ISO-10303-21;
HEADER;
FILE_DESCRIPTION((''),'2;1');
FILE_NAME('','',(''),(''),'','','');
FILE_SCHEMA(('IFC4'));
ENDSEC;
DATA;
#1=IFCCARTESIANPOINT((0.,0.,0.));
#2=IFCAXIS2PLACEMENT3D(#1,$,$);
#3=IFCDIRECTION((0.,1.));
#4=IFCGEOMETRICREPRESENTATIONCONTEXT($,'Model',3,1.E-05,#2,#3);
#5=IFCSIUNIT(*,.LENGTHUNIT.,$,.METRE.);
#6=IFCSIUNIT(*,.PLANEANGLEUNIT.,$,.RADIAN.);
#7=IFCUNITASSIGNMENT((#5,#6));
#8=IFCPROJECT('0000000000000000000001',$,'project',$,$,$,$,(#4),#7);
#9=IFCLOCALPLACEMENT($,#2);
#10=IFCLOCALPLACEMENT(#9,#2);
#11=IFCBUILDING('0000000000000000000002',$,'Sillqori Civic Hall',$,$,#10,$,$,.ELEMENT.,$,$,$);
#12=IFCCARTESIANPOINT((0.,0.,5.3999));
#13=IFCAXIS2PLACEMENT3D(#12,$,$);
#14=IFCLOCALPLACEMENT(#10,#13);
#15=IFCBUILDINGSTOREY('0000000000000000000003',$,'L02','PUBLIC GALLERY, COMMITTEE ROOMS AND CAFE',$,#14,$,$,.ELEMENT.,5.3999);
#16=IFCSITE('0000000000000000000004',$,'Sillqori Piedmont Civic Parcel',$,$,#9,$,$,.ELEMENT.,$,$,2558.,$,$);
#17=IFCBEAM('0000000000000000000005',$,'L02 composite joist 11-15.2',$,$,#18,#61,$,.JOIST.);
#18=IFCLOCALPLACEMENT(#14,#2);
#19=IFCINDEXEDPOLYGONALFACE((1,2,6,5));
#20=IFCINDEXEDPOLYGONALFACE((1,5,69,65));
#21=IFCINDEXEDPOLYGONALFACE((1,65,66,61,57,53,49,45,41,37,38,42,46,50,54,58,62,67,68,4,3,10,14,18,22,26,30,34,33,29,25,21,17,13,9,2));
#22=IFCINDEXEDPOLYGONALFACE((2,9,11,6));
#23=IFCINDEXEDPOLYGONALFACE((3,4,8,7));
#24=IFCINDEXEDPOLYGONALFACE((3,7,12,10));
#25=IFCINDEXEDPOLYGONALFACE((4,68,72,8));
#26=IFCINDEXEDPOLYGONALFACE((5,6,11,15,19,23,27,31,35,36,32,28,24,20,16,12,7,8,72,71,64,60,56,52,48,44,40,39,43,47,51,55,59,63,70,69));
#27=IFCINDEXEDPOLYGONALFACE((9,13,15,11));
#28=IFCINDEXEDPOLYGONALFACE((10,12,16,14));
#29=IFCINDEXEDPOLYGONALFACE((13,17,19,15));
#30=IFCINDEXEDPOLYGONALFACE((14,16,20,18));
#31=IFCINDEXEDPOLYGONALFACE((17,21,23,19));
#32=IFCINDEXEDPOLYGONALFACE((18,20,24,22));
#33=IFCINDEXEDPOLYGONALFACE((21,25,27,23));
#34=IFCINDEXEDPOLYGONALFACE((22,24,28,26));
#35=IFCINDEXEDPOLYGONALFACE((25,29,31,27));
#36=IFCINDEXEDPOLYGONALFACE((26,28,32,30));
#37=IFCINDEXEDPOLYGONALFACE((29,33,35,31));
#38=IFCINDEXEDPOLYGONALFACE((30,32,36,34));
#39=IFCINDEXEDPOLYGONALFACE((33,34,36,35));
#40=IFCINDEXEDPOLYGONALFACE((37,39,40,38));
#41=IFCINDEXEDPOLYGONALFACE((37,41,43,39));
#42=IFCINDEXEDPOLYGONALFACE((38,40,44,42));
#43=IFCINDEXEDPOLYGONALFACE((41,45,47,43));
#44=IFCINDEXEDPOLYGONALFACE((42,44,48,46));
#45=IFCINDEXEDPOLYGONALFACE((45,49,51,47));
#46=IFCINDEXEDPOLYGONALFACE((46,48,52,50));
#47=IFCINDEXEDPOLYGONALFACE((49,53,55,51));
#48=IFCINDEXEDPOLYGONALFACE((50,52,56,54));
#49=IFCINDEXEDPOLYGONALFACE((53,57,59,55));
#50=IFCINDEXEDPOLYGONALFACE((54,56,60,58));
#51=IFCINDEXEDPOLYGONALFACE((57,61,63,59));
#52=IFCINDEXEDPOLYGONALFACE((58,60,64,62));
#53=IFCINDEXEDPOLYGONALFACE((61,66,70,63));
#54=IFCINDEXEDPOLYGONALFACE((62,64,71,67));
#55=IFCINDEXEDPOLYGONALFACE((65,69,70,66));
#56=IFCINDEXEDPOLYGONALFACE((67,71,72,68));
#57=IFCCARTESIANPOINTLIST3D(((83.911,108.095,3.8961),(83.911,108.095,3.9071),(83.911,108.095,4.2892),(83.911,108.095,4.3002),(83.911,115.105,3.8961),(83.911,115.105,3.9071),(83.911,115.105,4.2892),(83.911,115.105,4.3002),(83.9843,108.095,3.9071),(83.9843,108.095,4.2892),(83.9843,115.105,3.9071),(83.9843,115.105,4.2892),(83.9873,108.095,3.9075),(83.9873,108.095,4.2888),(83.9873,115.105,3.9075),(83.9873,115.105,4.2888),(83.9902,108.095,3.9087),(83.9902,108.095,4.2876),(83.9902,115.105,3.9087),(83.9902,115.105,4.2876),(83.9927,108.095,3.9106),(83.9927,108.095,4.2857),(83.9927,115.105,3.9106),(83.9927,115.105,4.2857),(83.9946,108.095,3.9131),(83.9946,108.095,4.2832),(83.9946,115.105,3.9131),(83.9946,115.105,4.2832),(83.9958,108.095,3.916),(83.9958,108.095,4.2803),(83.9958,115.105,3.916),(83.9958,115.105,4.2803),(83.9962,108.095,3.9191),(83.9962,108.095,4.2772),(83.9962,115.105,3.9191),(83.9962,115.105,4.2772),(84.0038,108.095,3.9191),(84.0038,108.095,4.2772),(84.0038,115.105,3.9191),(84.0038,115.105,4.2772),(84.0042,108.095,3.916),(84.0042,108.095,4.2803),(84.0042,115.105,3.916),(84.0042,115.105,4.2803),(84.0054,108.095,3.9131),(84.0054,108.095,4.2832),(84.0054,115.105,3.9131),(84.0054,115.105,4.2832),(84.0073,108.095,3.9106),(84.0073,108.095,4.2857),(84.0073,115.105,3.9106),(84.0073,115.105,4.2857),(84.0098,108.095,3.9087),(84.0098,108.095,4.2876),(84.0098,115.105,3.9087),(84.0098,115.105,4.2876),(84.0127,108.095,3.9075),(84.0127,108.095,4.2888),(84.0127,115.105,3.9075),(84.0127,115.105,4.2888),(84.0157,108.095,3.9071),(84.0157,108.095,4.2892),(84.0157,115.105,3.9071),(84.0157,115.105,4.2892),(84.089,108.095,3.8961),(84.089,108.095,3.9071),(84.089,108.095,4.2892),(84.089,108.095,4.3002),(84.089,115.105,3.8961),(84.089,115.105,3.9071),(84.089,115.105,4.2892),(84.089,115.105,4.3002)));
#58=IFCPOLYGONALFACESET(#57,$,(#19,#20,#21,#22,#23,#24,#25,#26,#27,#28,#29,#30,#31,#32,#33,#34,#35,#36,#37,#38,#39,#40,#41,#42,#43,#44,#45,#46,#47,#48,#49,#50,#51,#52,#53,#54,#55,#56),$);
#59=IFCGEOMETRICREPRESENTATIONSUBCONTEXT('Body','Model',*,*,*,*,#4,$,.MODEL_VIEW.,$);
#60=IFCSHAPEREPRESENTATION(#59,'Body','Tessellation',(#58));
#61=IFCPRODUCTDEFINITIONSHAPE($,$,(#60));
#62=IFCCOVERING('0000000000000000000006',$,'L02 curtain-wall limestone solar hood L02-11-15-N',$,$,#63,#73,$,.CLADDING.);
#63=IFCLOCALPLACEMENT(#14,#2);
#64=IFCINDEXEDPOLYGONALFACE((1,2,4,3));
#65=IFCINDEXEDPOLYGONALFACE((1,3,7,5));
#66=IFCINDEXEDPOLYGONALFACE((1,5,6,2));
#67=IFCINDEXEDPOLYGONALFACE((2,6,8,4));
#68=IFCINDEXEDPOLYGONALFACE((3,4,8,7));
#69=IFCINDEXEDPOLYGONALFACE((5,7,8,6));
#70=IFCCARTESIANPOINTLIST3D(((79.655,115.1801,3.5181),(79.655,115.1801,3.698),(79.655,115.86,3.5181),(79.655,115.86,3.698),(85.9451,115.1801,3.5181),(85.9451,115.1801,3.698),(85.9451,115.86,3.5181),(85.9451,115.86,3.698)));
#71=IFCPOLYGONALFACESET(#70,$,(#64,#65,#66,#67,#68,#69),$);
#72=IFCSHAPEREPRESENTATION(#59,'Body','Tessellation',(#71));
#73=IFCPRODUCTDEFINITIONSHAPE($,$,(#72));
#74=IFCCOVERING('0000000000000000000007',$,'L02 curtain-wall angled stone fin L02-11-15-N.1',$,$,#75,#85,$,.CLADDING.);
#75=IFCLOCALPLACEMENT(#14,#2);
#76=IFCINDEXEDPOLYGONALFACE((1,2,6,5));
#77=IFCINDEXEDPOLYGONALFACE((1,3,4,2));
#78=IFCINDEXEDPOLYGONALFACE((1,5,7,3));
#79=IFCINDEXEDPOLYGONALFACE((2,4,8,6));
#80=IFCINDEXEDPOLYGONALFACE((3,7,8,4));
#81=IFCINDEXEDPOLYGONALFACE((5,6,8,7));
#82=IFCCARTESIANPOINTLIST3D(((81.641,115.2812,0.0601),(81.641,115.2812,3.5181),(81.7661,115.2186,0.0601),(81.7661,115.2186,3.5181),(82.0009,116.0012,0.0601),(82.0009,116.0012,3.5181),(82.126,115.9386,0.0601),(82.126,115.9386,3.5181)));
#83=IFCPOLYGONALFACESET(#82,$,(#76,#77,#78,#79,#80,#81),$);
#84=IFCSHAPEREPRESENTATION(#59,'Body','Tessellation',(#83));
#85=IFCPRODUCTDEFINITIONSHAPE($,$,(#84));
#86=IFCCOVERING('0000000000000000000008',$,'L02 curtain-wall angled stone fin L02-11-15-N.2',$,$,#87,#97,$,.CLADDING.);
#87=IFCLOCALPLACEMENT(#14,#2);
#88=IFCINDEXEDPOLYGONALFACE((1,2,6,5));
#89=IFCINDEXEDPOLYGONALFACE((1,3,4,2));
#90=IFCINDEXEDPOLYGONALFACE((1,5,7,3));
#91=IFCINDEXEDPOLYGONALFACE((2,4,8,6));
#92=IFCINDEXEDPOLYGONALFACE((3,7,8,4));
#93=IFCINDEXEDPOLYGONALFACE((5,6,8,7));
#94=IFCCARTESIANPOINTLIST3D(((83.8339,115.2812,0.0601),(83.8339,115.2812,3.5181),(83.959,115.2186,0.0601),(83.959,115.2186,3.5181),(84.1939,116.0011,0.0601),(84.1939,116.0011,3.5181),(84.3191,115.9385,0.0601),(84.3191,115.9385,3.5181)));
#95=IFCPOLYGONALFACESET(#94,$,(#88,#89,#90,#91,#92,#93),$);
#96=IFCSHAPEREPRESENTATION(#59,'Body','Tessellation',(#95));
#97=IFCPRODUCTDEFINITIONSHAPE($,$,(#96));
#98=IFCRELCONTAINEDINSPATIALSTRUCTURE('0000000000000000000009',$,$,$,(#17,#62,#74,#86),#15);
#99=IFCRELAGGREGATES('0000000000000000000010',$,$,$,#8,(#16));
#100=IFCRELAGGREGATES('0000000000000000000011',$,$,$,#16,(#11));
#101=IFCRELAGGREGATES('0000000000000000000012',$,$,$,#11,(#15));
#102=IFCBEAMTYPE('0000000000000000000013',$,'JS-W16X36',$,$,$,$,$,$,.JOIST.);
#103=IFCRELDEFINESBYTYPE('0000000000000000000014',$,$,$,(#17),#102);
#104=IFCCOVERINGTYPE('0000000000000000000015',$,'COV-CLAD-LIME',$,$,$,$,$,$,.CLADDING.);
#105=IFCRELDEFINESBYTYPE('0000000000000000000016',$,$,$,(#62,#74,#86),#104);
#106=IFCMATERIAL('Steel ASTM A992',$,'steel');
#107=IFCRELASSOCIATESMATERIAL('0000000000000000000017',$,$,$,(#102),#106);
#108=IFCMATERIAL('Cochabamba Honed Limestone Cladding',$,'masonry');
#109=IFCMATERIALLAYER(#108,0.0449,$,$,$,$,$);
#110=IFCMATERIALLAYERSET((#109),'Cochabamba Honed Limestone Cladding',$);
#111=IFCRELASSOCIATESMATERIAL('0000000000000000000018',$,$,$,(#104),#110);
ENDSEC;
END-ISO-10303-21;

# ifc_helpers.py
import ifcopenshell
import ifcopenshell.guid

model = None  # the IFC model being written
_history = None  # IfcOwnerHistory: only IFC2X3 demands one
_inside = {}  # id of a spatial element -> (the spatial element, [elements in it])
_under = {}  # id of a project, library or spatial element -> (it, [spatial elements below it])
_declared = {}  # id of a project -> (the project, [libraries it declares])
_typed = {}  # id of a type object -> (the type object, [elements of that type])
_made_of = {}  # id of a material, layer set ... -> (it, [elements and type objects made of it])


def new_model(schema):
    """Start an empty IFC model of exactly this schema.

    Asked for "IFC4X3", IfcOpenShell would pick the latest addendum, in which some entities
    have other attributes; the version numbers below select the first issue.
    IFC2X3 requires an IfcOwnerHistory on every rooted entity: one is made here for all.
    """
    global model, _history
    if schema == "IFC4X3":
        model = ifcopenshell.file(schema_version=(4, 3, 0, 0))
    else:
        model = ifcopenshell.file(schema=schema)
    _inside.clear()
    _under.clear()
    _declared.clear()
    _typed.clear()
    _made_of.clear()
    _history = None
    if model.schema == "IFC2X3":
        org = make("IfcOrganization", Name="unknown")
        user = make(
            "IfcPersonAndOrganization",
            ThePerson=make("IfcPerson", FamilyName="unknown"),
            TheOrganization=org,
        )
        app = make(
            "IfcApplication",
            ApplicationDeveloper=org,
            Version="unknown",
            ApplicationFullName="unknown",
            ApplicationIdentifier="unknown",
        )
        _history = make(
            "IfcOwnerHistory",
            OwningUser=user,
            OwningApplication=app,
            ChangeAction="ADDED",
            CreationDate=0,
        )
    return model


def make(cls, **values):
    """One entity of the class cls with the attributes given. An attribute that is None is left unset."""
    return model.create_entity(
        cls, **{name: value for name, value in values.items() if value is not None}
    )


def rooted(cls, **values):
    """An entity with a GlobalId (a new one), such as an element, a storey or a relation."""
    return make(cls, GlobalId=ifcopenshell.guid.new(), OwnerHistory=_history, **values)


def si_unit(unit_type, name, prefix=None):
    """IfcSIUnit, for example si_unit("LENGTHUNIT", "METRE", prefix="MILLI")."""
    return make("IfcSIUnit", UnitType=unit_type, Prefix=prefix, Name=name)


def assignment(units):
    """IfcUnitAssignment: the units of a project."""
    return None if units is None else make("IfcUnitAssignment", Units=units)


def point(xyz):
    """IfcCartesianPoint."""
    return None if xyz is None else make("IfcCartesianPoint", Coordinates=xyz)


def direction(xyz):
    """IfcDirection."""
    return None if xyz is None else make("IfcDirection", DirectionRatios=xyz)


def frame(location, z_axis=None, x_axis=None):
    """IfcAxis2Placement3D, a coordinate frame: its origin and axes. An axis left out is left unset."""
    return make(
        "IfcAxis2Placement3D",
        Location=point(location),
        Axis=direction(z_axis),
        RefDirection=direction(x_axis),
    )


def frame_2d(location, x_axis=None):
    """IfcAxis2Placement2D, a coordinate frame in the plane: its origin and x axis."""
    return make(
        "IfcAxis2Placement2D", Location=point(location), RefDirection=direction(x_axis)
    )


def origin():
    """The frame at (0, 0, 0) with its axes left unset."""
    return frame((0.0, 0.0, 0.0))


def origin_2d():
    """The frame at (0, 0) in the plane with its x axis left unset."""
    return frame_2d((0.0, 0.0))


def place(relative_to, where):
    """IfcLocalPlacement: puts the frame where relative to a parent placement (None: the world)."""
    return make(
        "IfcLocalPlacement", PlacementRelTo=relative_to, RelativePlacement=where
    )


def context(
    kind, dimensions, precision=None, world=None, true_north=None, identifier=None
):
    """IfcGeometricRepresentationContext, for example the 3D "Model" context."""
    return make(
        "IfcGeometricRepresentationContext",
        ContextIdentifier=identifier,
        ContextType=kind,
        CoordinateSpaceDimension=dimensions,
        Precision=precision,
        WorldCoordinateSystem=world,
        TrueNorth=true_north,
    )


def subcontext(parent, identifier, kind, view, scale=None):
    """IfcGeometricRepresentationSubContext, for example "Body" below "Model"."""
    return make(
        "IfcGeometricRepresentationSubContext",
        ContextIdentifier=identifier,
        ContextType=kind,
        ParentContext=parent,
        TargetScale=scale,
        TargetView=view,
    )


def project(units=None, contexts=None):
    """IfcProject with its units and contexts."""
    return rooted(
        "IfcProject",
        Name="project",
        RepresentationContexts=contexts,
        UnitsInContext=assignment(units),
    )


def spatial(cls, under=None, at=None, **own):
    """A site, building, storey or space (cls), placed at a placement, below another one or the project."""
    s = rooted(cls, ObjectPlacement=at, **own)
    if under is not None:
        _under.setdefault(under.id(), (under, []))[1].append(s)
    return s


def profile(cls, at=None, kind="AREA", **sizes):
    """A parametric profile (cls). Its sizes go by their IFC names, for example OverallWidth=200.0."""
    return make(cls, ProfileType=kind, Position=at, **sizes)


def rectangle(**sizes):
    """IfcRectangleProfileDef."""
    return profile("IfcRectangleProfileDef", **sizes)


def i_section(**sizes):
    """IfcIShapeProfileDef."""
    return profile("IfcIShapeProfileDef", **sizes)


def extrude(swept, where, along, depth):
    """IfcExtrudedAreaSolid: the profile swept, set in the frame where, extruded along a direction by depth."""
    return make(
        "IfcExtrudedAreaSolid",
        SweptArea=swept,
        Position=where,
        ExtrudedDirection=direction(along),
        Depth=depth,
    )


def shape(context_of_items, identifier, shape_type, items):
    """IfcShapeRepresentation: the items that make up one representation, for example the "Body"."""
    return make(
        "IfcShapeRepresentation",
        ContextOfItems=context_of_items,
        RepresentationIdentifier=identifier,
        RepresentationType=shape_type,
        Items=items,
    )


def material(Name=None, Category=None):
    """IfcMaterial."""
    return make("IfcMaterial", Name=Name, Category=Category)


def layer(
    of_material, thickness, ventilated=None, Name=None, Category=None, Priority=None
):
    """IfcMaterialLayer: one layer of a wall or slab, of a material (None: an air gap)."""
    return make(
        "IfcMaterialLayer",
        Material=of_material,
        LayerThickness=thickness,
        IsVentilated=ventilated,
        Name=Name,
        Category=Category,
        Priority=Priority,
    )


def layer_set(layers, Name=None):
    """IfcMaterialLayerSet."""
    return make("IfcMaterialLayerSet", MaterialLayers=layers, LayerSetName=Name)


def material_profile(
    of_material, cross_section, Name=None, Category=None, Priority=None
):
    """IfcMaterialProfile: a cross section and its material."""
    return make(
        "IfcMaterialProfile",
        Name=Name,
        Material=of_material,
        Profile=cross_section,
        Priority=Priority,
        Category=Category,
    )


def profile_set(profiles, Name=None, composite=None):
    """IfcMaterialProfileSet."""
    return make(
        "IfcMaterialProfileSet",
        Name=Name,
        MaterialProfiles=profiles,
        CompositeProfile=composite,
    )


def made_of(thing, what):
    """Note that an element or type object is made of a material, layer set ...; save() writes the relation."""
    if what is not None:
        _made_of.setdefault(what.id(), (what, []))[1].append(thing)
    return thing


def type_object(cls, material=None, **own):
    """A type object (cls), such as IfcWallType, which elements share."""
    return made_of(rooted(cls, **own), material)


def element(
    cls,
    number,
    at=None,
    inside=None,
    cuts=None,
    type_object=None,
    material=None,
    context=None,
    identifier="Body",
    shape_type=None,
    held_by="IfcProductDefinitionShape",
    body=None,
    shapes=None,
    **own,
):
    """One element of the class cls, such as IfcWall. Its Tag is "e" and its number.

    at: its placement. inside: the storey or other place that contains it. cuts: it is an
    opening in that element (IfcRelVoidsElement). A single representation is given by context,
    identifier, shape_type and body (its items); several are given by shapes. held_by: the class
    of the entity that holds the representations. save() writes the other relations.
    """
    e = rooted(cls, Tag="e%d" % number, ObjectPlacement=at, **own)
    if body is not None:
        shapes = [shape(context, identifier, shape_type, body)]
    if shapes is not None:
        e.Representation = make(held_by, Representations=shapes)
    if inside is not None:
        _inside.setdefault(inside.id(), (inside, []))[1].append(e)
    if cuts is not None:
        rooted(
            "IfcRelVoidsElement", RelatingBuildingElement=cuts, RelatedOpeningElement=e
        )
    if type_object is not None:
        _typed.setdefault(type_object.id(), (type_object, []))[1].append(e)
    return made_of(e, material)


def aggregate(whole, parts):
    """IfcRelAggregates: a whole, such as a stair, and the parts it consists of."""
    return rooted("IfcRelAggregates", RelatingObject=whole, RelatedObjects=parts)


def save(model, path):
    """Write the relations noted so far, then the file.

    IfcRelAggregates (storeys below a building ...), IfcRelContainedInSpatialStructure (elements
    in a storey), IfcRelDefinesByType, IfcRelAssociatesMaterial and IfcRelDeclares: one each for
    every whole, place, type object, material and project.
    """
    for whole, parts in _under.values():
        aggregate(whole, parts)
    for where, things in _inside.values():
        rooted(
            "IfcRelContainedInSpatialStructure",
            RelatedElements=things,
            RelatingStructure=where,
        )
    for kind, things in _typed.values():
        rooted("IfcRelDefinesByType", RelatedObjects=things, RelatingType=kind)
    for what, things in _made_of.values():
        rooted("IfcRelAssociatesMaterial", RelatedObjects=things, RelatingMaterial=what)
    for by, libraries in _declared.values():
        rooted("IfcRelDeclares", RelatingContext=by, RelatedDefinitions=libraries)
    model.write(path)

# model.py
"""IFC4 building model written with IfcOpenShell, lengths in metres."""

from ifc_helpers import new_model, si_unit, direction, frame, frame_2d, origin, origin_2d, place, context, subcontext, project, spatial, rectangle, i_section, extrude, material, layer, layer_set, material_profile, profile_set, type_object, element, save


model = new_model("IFC4")

# Units and contexts
model_context = context("Model", 3, precision=1e-05, world=origin(), true_north=direction((0.0, 1.0)))
body_context = subcontext(model_context, "Body", "Model", "MODEL_VIEW")
ifc_project = project(units=[si_unit("LENGTHUNIT", "METRE"), si_unit("PLANEANGLEUNIT", "RADIAN")], contexts=[model_context])

# Site, building, storey
site_placement = place(None, origin())
building_placement = place(site_placement, origin())
storey_placement = place(building_placement, frame((0.0, 0.0, 5.3999)))
site = spatial("IfcSite", under=ifc_project, at=site_placement, Name="Sillqori Piedmont Civic Parcel", CompositionType="ELEMENT", RefElevation=2558.0)
building = spatial("IfcBuilding", under=site, at=building_placement, Name="Sillqori Civic Hall", CompositionType="ELEMENT")
storey = spatial("IfcBuildingStorey", under=building, at=storey_placement, Name="L02", Description="PUBLIC GALLERY, COMMITTEE ROOMS AND CAFE", CompositionType="ELEMENT", Elevation=5.3999)

# Beam
ifc_material_1 = material(Name="Steel ASTM A992", Category="steel")
ifc_material_profile_1 = material_profile(ifc_material_1, i_section(OverallWidth=0.178, OverallDepth=0.4041, WebThickness=0.0076, FlangeThickness=0.011, FilletRadius=0.012, at=origin_2d()), Name="W16X36")
ifc_profile_set_1 = profile_set([ifc_material_profile_1], Name="Steel ASTM A992")
beam_type = type_object("IfcBeamType", Name="JS-W16X36", PredefinedType="JOIST", material=ifc_profile_set_1)
beam_placement = place(storey_placement, frame((84.0, 108.095, 4.0981), z_axis=(0.0, 1.0, 0.0), x_axis=(-1.0, 0.0, 0.0)))
element("IfcBeam", 1, at=beam_placement, inside=storey, type_object=beam_type, Name="L02 composite joist 11-15.2", PredefinedType="JOIST", context=body_context, shape_type="SweptSolid", body=[
    extrude(i_section(OverallWidth=0.178, OverallDepth=0.4041, WebThickness=0.0076, FlangeThickness=0.011, FilletRadius=0.012, at=origin_2d()), origin(), (0.0, 0.0, 1.0), 7.01),
])

# Coverings
ifc_material_2 = material(Name="Cochabamba Honed Limestone Cladding", Category="masonry")
ifc_layer_1 = layer(ifc_material_2, 0.0449)
ifc_layer_set_1 = layer_set([ifc_layer_1], Name="Cochabamba Honed Limestone Cladding")
covering_type = type_object("IfcCoveringType", Name="COV-CLAD-LIME", PredefinedType="CLADDING", material=ifc_layer_set_1)
covering_placement = place(storey_placement, frame((79.655, 115.52, 3.5181), z_axis=(0.0, 0.0, 1.0), x_axis=(1.0, 0.0, 0.0)))
element("IfcCovering", 2, at=covering_placement, inside=storey, type_object=covering_type, Name="L02 curtain-wall limestone solar hood L02-11-15-N", PredefinedType="CLADDING", context=body_context, shape_type="SweptSolid", body=[
    extrude(rectangle(XDim=6.29, YDim=0.6799, at=frame_2d((3.145, 0.0))), origin(), (0.0, 0.0, 1.0), 0.1799),
])
for number, where, z_axis, x_axis, name in (
    (3, (81.7036, 115.25, 0.0601), (0.0, 0.0, 1.0), (0.447092, 0.894488, 0.0), "L02 curtain-wall angled stone fin L02-11-15-N.1"),
    (4, (83.8965, 115.25, 0.0601), (0.0, 0.0, 1.0), (0.447335, 0.894367, 0.0), "L02 curtain-wall angled stone fin L02-11-15-N.2"),
):
    element("IfcCovering", number, at=place(storey_placement, frame(where, z_axis=z_axis, x_axis=x_axis)), inside=storey, type_object=covering_type, Name=name, PredefinedType="CLADDING", context=body_context, shape_type="SweptSolid", body=[
        extrude(rectangle(XDim=0.8049, YDim=0.1399, at=frame_2d((0.4023, 0.0))), origin(), (0.0, 0.0, 1.0), 3.458),
    ])

save(model, "model.ifc")
